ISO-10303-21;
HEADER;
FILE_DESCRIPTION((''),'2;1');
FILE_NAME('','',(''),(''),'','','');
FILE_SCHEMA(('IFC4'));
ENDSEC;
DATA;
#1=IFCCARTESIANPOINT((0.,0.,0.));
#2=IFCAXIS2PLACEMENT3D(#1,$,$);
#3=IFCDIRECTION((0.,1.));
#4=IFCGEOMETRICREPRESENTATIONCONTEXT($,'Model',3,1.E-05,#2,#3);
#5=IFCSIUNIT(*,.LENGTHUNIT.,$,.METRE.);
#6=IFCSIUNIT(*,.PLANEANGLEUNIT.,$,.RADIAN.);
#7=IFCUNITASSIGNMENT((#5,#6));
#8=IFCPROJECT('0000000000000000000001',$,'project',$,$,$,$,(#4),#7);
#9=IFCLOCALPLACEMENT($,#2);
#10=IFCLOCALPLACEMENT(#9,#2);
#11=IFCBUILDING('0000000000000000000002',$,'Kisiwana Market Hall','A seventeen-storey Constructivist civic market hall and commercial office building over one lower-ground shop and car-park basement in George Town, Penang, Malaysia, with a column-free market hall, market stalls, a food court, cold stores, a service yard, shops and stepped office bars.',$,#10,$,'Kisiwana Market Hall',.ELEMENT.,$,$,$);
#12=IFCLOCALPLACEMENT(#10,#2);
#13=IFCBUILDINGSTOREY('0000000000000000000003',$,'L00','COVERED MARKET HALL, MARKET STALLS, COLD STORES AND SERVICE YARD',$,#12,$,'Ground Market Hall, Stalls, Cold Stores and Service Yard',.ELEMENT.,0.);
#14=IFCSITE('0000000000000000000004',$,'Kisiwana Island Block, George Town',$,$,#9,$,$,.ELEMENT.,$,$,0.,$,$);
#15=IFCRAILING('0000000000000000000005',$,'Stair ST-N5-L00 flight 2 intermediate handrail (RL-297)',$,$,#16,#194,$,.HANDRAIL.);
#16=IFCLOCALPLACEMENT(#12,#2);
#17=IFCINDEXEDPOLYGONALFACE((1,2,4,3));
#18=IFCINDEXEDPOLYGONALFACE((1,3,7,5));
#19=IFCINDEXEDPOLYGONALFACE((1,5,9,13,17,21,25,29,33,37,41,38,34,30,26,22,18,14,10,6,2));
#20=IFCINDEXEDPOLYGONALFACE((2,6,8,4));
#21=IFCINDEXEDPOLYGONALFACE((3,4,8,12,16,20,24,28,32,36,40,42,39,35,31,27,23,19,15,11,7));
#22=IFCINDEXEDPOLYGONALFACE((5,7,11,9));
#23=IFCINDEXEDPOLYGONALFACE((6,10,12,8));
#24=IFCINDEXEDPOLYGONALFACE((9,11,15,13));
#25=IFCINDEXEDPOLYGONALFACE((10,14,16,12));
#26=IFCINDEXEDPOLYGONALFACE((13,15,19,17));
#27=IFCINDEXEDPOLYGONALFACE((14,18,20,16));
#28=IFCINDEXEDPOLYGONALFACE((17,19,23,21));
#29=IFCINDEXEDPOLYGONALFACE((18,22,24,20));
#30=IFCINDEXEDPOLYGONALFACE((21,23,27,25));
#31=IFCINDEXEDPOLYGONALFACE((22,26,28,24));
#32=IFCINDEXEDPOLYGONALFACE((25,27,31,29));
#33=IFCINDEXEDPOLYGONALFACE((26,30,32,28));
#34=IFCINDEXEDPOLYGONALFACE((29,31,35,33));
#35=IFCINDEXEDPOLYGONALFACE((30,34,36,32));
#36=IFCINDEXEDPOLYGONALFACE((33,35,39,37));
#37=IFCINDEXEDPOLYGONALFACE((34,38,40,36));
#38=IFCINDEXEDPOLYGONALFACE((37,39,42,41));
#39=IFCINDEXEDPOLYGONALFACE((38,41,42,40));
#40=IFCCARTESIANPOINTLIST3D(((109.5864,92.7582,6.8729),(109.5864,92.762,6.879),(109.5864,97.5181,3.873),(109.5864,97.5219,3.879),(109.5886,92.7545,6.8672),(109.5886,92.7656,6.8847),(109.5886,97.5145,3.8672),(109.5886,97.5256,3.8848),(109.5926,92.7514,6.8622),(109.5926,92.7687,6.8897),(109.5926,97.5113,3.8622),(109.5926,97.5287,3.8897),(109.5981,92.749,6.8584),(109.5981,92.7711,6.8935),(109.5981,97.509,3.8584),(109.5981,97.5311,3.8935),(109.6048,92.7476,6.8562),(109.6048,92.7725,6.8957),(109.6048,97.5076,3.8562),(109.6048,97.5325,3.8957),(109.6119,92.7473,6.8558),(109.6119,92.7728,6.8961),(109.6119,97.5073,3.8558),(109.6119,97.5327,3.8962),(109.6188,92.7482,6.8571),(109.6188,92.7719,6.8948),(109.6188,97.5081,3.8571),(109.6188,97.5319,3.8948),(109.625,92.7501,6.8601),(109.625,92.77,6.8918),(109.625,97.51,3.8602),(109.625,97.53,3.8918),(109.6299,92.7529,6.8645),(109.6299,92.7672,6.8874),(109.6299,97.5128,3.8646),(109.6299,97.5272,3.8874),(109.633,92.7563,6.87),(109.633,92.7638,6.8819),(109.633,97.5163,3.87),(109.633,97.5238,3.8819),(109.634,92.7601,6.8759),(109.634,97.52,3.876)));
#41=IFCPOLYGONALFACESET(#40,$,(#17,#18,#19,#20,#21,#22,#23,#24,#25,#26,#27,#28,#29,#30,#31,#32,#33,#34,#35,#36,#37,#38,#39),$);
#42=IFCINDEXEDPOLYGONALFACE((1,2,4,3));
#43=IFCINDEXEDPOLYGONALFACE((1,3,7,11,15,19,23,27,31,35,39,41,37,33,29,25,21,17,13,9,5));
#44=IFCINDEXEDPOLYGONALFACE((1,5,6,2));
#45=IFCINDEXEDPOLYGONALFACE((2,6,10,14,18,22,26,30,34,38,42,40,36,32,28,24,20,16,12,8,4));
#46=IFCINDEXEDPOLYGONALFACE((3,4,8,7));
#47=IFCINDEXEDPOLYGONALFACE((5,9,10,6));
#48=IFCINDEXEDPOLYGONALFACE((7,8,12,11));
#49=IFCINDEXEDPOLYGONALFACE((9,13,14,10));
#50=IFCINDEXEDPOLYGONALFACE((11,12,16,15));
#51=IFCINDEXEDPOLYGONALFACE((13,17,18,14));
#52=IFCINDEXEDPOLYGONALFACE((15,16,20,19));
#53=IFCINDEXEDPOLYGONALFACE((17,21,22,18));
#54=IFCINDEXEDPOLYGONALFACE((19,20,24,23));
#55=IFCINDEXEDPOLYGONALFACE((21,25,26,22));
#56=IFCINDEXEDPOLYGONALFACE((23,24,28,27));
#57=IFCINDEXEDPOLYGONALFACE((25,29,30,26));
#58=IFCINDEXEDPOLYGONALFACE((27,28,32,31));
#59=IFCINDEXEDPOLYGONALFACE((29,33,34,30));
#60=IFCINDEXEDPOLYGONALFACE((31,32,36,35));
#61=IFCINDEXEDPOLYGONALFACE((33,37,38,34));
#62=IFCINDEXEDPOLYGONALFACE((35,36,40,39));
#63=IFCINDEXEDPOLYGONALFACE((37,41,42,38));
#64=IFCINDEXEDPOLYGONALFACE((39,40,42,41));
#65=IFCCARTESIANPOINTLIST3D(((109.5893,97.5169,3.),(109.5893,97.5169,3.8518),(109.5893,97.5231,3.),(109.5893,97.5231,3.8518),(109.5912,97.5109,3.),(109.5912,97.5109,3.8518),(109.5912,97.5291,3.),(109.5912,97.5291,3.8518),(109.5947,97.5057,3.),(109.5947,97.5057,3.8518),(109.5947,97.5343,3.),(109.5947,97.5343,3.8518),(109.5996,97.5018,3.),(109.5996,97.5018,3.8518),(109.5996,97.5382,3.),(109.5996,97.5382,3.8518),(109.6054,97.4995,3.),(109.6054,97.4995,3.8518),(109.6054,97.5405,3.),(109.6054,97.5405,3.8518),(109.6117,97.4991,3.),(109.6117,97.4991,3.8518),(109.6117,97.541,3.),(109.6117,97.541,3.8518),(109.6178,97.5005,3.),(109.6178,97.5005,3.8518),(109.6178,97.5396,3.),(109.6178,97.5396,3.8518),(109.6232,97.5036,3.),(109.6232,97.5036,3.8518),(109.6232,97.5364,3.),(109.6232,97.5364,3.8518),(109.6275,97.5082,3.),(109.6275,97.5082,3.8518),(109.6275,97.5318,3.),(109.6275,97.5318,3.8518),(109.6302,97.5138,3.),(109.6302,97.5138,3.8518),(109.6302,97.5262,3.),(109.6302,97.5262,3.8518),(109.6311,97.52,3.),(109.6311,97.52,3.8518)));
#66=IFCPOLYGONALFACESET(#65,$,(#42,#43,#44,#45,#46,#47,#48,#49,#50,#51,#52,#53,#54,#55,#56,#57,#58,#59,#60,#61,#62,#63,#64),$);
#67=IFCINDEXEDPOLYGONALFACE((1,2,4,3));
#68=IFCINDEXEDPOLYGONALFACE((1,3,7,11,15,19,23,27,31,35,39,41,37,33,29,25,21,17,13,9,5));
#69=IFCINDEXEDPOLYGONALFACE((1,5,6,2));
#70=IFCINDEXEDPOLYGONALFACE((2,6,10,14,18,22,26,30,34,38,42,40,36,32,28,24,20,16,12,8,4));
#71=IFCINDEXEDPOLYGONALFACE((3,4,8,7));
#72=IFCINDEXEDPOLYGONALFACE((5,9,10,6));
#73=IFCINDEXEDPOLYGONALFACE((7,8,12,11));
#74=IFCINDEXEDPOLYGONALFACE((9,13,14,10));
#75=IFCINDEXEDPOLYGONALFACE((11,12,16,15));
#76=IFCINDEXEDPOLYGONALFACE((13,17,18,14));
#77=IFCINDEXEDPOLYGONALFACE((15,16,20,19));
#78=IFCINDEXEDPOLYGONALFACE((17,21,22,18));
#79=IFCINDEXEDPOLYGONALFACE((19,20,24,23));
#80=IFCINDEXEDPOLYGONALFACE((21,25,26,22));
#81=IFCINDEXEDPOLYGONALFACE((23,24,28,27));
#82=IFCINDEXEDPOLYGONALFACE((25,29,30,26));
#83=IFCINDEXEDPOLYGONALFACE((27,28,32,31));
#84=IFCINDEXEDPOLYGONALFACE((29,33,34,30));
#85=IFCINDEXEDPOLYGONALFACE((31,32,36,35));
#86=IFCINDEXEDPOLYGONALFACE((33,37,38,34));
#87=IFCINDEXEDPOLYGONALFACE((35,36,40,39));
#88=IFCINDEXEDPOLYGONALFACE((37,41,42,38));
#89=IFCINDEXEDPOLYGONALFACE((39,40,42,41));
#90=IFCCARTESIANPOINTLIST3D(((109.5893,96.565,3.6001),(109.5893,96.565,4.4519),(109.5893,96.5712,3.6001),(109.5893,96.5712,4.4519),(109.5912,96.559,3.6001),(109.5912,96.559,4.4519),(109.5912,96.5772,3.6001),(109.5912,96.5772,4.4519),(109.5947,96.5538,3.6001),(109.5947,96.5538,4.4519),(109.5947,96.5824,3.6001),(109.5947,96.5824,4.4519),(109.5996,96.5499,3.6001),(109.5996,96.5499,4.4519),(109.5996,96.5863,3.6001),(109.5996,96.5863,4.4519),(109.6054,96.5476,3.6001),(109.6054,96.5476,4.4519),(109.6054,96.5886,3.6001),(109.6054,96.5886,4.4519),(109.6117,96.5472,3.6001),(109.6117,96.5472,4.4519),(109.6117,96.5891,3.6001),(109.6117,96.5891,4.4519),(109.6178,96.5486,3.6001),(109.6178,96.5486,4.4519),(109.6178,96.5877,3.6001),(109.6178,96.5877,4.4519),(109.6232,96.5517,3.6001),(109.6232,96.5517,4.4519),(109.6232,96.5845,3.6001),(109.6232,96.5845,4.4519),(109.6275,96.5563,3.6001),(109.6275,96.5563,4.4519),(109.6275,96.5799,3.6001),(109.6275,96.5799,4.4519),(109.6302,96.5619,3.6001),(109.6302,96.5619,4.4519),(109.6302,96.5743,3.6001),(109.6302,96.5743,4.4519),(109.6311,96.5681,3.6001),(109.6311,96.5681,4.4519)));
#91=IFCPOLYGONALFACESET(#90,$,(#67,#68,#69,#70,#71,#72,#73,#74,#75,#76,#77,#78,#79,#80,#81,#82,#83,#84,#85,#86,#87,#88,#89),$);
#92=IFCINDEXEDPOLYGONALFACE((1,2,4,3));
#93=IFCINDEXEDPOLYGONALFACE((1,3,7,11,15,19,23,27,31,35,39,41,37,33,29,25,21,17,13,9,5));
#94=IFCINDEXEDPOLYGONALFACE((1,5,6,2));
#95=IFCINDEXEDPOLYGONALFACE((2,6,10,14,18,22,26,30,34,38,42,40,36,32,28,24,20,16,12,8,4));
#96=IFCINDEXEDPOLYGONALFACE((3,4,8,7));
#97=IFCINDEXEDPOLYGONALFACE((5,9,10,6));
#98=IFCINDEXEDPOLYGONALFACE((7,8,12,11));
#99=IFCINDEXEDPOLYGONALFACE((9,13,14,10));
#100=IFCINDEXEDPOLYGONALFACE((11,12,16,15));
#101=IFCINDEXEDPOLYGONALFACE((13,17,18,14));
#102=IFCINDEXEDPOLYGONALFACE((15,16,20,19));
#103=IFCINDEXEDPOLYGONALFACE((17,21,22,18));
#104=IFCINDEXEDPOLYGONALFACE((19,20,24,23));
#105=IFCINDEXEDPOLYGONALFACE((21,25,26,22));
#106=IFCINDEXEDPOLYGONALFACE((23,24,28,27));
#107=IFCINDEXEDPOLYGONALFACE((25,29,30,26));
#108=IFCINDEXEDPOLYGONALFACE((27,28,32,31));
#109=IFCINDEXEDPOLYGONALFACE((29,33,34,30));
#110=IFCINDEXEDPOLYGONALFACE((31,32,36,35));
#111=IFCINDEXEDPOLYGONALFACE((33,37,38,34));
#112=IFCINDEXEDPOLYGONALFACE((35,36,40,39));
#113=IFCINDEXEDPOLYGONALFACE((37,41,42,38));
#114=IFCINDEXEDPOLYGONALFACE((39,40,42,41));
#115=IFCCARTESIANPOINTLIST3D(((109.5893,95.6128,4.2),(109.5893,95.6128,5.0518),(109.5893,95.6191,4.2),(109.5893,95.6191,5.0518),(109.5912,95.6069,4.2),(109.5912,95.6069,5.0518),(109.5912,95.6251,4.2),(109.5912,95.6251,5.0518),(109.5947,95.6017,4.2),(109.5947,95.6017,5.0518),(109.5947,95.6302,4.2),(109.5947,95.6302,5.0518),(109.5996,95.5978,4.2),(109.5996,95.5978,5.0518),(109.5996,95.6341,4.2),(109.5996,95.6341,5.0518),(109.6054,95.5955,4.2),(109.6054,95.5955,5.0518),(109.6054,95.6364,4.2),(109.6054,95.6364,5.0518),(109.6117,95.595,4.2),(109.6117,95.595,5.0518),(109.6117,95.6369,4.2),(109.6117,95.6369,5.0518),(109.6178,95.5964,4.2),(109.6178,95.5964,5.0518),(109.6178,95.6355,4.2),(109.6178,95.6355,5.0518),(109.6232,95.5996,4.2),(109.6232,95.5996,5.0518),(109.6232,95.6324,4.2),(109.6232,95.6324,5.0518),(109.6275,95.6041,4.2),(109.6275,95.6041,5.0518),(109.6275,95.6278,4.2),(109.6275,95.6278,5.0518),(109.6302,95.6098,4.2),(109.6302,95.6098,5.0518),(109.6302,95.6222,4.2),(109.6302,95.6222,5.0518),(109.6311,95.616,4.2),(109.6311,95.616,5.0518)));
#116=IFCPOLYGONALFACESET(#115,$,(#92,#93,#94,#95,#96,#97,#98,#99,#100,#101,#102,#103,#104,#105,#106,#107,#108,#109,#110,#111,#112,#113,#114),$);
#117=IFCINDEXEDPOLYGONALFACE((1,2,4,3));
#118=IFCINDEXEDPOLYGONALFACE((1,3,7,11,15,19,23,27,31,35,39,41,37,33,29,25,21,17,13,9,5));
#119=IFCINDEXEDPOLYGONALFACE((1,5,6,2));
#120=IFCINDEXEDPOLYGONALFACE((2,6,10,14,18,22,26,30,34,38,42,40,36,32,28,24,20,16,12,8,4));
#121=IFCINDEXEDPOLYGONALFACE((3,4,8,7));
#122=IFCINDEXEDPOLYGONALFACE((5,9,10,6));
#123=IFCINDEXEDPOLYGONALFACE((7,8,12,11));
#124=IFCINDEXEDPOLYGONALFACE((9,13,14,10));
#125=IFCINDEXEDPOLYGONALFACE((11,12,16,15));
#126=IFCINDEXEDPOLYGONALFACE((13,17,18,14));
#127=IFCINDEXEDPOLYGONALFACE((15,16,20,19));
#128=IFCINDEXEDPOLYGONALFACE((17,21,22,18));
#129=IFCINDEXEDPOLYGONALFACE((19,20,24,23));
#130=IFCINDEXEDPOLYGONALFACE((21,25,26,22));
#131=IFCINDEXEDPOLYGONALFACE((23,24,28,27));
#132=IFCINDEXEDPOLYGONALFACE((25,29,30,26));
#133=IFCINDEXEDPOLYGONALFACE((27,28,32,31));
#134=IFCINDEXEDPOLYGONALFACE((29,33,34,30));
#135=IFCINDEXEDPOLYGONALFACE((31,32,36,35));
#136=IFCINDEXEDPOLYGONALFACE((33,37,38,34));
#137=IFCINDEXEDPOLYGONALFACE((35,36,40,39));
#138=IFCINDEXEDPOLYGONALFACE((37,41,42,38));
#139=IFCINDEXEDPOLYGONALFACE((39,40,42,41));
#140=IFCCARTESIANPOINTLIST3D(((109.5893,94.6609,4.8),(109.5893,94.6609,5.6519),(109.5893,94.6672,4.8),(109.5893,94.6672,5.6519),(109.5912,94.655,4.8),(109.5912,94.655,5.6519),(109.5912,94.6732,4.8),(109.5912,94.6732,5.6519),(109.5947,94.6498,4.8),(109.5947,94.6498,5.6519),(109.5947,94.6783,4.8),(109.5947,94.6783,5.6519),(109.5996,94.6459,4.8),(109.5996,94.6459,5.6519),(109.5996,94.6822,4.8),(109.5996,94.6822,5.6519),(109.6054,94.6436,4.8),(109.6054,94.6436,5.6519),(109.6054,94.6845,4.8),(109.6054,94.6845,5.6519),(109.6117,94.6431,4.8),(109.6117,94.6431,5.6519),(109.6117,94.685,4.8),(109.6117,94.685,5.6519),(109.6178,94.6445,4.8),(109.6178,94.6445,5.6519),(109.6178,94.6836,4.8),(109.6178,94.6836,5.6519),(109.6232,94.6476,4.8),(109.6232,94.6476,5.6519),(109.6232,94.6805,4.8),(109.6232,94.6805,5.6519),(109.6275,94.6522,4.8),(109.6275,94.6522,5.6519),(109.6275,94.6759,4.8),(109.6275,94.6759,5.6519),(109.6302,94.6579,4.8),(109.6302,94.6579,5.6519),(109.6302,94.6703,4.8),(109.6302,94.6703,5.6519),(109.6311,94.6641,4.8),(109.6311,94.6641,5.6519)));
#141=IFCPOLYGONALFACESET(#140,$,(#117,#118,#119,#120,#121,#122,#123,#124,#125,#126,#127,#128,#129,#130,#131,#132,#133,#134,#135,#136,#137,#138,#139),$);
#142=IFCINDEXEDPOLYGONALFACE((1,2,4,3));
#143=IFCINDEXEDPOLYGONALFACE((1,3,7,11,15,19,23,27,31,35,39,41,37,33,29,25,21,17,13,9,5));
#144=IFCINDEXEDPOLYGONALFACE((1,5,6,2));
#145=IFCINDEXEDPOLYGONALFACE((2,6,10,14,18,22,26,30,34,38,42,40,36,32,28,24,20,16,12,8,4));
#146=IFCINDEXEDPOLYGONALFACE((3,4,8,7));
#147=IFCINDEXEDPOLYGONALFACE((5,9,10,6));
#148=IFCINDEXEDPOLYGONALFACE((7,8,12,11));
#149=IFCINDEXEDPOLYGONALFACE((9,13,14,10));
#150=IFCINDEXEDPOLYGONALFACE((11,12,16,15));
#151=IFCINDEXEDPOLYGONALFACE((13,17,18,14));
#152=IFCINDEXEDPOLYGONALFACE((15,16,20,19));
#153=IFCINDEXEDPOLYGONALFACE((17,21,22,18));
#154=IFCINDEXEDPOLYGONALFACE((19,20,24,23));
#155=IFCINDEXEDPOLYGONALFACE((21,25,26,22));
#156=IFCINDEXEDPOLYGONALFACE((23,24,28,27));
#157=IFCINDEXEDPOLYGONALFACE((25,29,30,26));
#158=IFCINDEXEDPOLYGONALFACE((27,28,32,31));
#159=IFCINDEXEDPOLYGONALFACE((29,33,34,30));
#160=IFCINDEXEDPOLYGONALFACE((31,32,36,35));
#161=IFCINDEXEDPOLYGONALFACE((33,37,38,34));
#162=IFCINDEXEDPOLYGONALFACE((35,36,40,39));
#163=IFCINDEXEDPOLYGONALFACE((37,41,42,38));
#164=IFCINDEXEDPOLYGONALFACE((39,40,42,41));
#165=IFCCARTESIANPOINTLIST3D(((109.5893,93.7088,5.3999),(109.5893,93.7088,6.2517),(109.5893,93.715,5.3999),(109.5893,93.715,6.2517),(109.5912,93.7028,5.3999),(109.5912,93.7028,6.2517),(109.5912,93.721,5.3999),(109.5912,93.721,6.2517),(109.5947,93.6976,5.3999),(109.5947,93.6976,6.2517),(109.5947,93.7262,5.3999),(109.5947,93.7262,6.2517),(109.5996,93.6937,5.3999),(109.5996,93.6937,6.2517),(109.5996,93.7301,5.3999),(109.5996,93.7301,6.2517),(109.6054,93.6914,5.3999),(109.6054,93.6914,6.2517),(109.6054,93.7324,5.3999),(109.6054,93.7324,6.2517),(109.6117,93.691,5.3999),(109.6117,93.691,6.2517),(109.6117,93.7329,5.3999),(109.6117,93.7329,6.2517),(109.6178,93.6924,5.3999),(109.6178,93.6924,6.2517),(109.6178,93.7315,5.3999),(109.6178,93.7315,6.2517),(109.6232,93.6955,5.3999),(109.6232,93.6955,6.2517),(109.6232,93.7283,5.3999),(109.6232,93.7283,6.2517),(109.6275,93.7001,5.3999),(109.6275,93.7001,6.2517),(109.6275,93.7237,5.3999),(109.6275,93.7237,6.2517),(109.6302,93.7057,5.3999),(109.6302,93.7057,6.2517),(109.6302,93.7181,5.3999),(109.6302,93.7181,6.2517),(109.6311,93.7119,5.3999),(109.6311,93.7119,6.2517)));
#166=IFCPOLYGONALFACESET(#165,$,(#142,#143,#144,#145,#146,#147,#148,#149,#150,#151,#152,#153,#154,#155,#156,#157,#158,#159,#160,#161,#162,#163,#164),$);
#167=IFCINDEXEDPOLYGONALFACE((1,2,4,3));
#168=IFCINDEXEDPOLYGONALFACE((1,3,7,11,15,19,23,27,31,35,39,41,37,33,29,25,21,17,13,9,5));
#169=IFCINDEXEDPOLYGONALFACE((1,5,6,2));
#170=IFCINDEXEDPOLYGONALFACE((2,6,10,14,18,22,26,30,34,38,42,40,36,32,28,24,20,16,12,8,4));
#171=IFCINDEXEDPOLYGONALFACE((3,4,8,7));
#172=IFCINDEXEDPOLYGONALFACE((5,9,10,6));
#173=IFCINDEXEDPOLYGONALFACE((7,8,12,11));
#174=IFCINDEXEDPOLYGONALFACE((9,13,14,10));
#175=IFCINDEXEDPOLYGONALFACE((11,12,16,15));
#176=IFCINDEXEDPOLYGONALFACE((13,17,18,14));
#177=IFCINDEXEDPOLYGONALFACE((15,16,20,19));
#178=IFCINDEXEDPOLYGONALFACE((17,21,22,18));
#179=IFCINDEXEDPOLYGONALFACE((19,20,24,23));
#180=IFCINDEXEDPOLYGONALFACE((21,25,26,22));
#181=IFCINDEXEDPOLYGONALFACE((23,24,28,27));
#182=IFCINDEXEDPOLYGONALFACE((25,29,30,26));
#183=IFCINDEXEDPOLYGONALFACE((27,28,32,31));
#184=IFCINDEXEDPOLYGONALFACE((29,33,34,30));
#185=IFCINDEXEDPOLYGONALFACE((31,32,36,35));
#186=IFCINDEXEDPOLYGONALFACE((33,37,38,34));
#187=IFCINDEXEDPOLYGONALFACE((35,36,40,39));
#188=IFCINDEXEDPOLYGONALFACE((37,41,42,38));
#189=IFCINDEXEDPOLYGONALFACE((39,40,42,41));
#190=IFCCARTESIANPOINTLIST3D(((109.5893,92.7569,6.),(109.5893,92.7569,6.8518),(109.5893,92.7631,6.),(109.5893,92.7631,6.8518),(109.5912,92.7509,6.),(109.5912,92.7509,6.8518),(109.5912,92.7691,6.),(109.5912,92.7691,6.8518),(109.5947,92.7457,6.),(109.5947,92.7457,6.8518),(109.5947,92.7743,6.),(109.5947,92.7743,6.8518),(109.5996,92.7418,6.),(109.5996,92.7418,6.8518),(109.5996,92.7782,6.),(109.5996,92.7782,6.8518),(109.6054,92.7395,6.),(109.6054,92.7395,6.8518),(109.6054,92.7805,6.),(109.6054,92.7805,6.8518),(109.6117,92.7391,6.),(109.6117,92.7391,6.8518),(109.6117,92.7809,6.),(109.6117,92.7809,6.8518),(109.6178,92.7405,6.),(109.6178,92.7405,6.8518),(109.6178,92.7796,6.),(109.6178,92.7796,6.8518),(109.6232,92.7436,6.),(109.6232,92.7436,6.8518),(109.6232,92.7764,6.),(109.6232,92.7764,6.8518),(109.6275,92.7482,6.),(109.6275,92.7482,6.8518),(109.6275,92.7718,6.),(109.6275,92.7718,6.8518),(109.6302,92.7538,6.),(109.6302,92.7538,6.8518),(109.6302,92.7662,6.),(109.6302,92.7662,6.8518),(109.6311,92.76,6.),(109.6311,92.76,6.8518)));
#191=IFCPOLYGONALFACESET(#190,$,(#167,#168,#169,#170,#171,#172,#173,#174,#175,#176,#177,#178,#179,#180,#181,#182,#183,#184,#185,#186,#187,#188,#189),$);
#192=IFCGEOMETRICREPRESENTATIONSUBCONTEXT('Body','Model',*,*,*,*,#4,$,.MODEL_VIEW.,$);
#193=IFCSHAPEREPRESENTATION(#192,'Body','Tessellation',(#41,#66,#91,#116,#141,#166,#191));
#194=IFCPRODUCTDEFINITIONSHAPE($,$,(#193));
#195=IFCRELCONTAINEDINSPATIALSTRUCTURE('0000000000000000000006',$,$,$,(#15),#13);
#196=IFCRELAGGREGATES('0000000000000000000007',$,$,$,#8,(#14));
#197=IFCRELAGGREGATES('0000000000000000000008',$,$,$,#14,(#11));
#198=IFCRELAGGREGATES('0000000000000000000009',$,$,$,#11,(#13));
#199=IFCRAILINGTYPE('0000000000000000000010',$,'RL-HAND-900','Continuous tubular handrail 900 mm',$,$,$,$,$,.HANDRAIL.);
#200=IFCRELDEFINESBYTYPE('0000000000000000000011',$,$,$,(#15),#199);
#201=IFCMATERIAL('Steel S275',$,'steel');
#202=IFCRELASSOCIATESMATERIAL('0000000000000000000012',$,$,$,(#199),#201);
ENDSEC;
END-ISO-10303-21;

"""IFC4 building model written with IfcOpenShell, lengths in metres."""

from ifc_helpers import new_model, si_unit, direction, frame, origin, origin_2d, place, context, subcontext, project, spatial, circle, extrude, material, type_object, element, save


model = new_model("IFC4")

# Units and contexts
model_context = context("Model", 3, precision=1e-05, world=origin(), true_north=direction((0.0, 1.0)))
body_context = subcontext(model_context, "Body", "Model", "MODEL_VIEW")
ifc_project = project(units=[si_unit("LENGTHUNIT", "METRE"), si_unit("PLANEANGLEUNIT", "RADIAN")], contexts=[model_context])

# Site, building, storey
site_placement = place(None, origin())
site = spatial("IfcSite", under=ifc_project, at=site_placement, Name="Kisiwana Island Block, George Town", CompositionType="ELEMENT", RefElevation=0.0)
building_placement = place(site_placement, origin())
building = spatial("IfcBuilding", under=site, at=building_placement, Name="Kisiwana Market Hall", Description="A seventeen-storey Constructivist civic market hall and commercial office building over one lower-ground shop and car-park basement in George Town, Penang, Malaysia, with a column-free market hall, market stalls, a food court, cold stores, a service yard, shops and stepped office bars.", LongName="Kisiwana Market Hall", CompositionType="ELEMENT")
storey_placement = place(building_placement, origin())
storey = spatial("IfcBuildingStorey", under=building, at=storey_placement, Name="L00", Description="COVERED MARKET HALL, MARKET STALLS, COLD STORES AND SERVICE YARD", LongName="Ground Market Hall, Stalls, Cold Stores and Service Yard", CompositionType="ELEMENT", Elevation=0.0)

# Railing
ifc_material_1 = material(Name="Steel S275", Category="steel")
railing_type = type_object("IfcRailingType", Name="RL-HAND-900", Description="Continuous tubular handrail 900 mm", PredefinedType="HANDRAIL", material=ifc_material_1)
for number, where, name in (
    (1, (109.6101, 97.52, 3.0), "Stair ST-N5-L00 flight 2 intermediate handrail (RL-297)"),
):
    element("IfcRailing", number, at=place(storey_placement, frame(where)), inside=storey, type_object=railing_type, Name=name, PredefinedType="HANDRAIL", context=body_context, shape_type="SweptSolid", body=[
        extrude(circle(Radius=0.0239, at=origin_2d()), frame((0.0, 0.0, 0.876), z_axis=(0.0, -0.845996, 0.53319), x_axis=(1.0, 0.0, 0.0)), (0.0, 0.0, 1.0), 5.6265),
        extrude(circle(Radius=0.021, at=origin_2d()), origin(), (0.0, 0.0, 1.0), 0.8518),
        extrude(circle(Radius=0.021, at=origin_2d()), frame((0.0, -0.9519, 0.6001)), (0.0, 0.0, 1.0), 0.8518),
        extrude(circle(Radius=0.021, at=origin_2d()), frame((0.0, -1.9041, 1.2)), (0.0, 0.0, 1.0), 0.8518),
        extrude(circle(Radius=0.021, at=origin_2d()), frame((0.0, -2.856, 1.8)), (0.0, 0.0, 1.0), 0.8518),
        extrude(circle(Radius=0.021, at=origin_2d()), frame((0.0, -3.8081, 2.3999)), (0.0, 0.0, 1.0), 0.8518),
        extrude(circle(Radius=0.021, at=origin_2d()), frame((0.0, -4.76, 3.0)), (0.0, 0.0, 1.0), 0.8518),
    ])

save(model, "model.ifc")
